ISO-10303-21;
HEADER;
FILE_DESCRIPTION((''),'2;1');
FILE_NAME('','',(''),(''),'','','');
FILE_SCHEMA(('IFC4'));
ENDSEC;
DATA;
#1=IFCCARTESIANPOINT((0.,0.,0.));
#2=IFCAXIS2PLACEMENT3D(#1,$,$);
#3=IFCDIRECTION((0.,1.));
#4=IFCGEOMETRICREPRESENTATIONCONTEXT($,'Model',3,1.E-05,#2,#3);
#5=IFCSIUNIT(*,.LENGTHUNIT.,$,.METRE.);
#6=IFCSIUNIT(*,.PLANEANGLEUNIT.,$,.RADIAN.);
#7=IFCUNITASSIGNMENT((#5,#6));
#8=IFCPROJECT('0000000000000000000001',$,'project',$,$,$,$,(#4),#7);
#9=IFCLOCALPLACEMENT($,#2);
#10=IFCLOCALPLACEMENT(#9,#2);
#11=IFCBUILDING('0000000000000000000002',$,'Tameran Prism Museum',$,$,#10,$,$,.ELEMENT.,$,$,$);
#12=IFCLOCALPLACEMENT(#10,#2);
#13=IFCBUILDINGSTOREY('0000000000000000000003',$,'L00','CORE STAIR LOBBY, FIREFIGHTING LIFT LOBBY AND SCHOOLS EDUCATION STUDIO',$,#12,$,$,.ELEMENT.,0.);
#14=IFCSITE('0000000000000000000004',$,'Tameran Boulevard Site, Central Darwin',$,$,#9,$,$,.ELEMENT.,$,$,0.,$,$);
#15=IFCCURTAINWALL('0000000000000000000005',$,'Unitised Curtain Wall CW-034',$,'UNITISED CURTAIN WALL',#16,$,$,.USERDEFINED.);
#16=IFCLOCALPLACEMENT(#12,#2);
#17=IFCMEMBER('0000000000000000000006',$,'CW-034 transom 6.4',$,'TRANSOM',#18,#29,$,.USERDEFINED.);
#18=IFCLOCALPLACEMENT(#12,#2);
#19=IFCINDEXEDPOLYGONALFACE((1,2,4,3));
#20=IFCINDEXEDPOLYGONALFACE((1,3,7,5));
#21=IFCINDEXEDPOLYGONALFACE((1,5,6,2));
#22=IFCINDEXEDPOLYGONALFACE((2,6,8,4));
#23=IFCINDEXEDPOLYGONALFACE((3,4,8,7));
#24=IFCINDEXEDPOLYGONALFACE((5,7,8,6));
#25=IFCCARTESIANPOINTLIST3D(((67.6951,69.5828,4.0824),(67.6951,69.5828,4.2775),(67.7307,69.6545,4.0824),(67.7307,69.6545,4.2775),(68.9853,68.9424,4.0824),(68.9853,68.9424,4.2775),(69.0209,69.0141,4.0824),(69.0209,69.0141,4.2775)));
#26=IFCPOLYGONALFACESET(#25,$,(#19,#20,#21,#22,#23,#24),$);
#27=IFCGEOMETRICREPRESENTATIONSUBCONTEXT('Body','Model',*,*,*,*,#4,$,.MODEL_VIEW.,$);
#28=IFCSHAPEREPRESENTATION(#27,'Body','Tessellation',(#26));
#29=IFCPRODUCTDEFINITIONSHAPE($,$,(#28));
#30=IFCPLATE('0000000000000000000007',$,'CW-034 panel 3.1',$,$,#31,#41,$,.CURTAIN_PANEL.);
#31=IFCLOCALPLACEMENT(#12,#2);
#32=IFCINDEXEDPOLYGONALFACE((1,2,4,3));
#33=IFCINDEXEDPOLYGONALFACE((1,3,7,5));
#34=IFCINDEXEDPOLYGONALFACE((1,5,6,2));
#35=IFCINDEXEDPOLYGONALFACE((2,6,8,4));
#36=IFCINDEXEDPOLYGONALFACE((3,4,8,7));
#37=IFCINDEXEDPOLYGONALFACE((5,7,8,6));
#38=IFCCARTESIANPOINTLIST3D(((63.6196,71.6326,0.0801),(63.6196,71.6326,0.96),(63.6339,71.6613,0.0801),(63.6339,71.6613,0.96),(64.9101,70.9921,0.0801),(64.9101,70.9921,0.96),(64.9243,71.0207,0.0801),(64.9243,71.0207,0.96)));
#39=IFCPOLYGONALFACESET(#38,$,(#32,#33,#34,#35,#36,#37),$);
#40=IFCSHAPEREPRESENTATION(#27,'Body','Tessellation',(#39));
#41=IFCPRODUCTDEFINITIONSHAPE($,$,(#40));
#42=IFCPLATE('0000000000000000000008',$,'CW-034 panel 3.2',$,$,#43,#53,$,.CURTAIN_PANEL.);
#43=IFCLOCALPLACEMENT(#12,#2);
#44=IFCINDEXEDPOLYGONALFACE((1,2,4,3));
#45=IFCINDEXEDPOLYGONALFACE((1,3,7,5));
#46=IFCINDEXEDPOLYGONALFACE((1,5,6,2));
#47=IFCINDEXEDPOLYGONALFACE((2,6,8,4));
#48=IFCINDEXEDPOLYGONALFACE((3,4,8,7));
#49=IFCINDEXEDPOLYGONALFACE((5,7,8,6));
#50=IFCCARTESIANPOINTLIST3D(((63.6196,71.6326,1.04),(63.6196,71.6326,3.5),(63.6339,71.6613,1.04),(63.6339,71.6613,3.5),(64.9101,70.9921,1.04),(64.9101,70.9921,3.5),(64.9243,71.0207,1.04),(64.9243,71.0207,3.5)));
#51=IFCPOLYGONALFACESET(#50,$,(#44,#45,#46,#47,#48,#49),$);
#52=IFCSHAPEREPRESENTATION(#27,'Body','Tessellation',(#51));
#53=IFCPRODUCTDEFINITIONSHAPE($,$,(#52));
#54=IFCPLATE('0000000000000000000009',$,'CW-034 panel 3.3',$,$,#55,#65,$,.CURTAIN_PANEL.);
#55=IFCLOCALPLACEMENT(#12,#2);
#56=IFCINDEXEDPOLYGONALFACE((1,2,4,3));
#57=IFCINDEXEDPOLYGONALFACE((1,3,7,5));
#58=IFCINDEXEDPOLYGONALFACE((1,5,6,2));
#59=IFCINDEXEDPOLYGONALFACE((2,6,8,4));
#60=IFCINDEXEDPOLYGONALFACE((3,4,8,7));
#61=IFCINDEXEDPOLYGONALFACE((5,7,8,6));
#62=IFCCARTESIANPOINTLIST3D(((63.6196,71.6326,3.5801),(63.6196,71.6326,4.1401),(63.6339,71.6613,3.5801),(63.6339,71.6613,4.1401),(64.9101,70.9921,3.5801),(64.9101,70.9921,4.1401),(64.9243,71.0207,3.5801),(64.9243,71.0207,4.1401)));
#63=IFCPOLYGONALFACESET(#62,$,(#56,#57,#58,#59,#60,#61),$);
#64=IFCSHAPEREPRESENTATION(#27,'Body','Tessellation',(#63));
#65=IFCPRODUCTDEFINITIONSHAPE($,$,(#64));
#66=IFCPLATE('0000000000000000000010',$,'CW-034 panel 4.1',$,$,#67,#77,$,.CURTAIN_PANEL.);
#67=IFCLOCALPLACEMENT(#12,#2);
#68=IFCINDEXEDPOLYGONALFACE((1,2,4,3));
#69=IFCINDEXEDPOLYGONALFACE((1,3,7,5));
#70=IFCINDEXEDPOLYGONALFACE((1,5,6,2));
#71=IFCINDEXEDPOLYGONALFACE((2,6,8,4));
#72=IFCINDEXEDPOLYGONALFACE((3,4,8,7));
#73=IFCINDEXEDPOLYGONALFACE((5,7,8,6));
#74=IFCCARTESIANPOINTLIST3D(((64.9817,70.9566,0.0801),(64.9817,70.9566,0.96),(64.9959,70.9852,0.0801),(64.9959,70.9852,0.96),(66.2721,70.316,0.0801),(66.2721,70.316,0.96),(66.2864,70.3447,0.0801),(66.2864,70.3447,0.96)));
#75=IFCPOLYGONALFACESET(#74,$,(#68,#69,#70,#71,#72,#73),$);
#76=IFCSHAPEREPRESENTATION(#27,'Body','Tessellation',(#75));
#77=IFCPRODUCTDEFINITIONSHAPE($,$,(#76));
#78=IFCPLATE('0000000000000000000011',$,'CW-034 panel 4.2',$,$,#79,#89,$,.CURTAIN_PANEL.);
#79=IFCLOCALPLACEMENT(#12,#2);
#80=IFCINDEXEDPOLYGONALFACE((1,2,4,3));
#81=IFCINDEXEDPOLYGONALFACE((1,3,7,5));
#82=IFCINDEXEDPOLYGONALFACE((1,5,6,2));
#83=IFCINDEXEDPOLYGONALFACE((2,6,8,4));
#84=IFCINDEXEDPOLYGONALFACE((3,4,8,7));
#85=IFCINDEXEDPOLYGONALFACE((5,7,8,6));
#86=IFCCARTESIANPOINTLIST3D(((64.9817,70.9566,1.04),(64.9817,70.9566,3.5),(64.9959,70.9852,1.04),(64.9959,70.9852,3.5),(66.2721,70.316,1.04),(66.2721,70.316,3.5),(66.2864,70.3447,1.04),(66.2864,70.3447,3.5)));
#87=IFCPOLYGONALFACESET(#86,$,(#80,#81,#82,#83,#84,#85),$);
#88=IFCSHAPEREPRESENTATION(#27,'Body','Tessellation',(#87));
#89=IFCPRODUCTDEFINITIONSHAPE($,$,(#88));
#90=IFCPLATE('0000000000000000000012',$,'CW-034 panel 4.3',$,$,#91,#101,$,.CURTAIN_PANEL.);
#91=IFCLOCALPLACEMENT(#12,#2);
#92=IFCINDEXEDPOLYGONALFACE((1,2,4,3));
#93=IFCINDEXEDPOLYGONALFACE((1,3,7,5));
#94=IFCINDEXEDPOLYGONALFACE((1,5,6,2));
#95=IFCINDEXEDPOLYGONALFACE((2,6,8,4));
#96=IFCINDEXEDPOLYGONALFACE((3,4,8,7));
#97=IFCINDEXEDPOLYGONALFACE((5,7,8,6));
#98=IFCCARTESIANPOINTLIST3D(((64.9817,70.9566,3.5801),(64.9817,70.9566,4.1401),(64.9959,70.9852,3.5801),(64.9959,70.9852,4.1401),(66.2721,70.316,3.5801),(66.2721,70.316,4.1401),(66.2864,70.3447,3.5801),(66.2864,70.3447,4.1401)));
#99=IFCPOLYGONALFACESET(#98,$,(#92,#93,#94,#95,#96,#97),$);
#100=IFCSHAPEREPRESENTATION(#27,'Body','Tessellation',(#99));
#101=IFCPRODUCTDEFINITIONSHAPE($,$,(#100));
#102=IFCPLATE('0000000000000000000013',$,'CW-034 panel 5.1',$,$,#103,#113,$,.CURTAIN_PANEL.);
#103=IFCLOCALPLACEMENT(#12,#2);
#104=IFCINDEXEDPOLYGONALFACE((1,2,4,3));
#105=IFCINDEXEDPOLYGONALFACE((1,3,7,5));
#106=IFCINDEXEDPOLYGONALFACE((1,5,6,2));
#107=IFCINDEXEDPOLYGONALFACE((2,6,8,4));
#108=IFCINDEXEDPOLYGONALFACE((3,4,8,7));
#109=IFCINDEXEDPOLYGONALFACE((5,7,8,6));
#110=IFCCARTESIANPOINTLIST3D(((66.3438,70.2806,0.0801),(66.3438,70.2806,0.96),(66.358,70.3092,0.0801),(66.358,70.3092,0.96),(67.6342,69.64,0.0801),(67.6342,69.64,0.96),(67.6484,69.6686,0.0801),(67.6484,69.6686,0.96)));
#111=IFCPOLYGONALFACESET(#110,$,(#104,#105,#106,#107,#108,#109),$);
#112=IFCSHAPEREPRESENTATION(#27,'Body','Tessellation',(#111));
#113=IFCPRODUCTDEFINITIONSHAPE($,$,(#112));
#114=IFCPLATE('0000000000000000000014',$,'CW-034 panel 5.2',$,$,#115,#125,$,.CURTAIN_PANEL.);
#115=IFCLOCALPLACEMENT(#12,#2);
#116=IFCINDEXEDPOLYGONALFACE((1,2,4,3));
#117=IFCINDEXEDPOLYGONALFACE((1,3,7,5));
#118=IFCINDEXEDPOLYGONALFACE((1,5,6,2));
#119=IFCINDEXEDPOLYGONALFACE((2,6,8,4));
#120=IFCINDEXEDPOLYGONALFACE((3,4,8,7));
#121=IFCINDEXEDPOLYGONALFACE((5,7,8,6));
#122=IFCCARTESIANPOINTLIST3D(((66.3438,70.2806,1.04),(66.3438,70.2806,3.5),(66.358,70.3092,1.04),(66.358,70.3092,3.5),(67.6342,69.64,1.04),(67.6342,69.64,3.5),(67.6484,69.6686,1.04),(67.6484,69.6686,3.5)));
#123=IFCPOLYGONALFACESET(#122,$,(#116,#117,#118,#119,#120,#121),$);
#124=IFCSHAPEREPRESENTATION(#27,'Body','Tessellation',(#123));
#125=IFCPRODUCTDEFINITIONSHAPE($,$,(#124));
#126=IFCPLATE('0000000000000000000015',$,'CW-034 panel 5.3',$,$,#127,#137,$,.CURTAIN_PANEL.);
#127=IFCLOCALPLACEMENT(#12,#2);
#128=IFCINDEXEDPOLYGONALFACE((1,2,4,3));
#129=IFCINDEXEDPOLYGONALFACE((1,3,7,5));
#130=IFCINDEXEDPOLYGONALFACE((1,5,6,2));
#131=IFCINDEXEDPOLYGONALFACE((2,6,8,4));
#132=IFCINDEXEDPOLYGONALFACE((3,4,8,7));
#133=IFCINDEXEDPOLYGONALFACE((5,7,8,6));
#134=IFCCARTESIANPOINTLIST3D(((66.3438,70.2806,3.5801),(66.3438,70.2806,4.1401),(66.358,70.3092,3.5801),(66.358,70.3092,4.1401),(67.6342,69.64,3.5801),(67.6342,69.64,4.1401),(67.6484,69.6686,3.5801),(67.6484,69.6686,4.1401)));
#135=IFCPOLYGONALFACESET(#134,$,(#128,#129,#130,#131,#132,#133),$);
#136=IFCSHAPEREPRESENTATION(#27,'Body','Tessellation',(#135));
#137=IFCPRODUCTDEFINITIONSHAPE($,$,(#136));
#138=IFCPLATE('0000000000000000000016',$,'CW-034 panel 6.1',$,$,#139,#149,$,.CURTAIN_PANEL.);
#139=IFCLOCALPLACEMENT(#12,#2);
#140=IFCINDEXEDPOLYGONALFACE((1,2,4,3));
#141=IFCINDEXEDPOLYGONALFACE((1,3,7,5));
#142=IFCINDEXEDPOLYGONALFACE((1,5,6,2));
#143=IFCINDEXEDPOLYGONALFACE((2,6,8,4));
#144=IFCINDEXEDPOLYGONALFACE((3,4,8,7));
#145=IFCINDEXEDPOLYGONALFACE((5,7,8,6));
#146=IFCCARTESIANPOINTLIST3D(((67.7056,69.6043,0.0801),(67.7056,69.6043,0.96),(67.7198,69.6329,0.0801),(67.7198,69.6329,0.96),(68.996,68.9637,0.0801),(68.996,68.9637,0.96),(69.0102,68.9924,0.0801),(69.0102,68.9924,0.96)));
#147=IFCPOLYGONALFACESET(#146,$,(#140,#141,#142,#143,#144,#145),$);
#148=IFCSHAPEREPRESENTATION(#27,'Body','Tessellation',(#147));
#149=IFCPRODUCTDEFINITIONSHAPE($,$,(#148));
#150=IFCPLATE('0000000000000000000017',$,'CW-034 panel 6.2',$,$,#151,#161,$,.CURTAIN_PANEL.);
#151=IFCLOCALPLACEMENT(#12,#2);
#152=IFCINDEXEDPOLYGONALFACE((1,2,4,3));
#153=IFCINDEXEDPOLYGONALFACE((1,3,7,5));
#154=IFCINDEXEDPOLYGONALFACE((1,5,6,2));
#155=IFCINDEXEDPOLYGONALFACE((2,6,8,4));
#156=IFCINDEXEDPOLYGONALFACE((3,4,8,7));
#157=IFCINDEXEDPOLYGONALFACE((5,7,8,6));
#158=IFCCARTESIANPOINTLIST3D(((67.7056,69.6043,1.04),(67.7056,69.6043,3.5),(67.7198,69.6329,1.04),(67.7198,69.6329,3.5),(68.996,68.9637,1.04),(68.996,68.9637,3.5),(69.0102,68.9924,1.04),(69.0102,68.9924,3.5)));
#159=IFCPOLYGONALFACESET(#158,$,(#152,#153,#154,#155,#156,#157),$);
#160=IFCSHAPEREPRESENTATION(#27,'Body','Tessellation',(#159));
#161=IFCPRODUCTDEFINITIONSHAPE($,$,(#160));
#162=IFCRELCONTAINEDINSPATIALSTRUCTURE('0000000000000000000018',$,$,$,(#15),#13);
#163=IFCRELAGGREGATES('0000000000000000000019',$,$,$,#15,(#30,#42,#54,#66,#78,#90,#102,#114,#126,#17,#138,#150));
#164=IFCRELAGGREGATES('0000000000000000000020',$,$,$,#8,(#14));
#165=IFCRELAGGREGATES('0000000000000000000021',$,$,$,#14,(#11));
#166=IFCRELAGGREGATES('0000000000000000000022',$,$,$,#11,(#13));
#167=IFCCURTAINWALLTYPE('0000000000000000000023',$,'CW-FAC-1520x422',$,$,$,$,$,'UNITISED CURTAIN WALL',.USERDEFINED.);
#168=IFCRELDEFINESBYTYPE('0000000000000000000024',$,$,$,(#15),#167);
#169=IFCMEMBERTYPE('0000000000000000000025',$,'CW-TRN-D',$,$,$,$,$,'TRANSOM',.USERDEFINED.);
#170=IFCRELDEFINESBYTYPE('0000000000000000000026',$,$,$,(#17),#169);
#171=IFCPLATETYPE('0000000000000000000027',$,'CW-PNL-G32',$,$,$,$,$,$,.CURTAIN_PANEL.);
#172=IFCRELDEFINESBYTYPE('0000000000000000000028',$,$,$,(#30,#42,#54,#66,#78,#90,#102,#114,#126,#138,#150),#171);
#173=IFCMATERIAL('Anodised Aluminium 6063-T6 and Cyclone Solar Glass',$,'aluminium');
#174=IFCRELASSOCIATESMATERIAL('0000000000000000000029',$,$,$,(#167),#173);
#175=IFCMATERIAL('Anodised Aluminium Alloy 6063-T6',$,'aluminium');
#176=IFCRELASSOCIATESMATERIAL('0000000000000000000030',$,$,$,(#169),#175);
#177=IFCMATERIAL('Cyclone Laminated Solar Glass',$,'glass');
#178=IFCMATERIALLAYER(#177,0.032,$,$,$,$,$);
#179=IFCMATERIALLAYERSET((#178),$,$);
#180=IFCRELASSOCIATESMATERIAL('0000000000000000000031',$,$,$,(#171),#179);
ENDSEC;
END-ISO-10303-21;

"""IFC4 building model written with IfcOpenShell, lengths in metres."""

from ifc_helpers import new_model, si_unit, direction, frame, origin, origin_2d, place, context, subcontext, project, spatial, rectangle, extrude, material, layer, layer_set, material_profile, profile_set, type_object, element, aggregate, save


model = new_model("IFC4")

# Units and contexts
model_context = context("Model", 3, precision=1e-05, world=origin(), true_north=direction((0.0, 1.0)))
body_context = subcontext(model_context, "Body", "Model", "MODEL_VIEW")
ifc_project = project(units=[si_unit("LENGTHUNIT", "METRE"), si_unit("PLANEANGLEUNIT", "RADIAN")], contexts=[model_context])

# Site, building, storey
site_placement = place(None, origin())
site = spatial("IfcSite", under=ifc_project, at=site_placement, Name="Tameran Boulevard Site, Central Darwin", CompositionType="ELEMENT", RefElevation=0.0)
building_placement = place(site_placement, origin())
building = spatial("IfcBuilding", under=site, at=building_placement, Name="Tameran Prism Museum", CompositionType="ELEMENT")
storey_placement = place(building_placement, origin())
storey = spatial("IfcBuildingStorey", under=building, at=storey_placement, Name="L00", Description="CORE STAIR LOBBY, FIREFIGHTING LIFT LOBBY AND SCHOOLS EDUCATION STUDIO", CompositionType="ELEMENT", Elevation=0.0)

# Curtain wall, member, plates
ifc_material_1 = material(Name="Anodised Aluminium 6063-T6 and Cyclone Solar Glass", Category="aluminium")
curtain_wall_type = type_object("IfcCurtainWallType", Name="CW-FAC-1520x422", ElementType="UNITISED CURTAIN WALL", PredefinedType="USERDEFINED", material=ifc_material_1)
curtain_wall_placement = place(storey_placement, origin())
curtain_wall = element("IfcCurtainWall", 1, at=curtain_wall_placement, inside=storey, type_object=curtain_wall_type, Name="Unitised Curtain Wall CW-034", ObjectType="UNITISED CURTAIN WALL", PredefinedType="USERDEFINED")
ifc_material_2 = material(Name="Anodised Aluminium Alloy 6063-T6", Category="aluminium")
ifc_material_profile_1 = material_profile(ifc_material_2, rectangle(XDim=0.0801, YDim=0.1951, at=origin_2d()))
ifc_profile_set_1 = profile_set([ifc_material_profile_1])
member_type_1 = type_object("IfcMemberType", Name="CW-TRN-D", ElementType="TRANSOM", PredefinedType="USERDEFINED", material=ifc_profile_set_1)
member_1_placement = place(storey_placement, frame((67.7129, 69.6187, 4.1799), z_axis=(0.895745, -0.444568, 0.0), x_axis=(0.444568, 0.895745, 0.0)))
member_1 = element("IfcMember", 2, at=member_1_placement, type_object=member_type_1, Name="CW-034 transom 6.4", ObjectType="TRANSOM", PredefinedType="USERDEFINED", context=body_context, shape_type="SweptSolid", body=[
    extrude(rectangle(XDim=0.0801, YDim=0.1951, at=origin_2d()), origin(), (0.0, 0.0, 1.0), 1.4404),
])
ifc_material_3 = material(Name="Cyclone Laminated Solar Glass", Category="glass")
ifc_layer = layer(ifc_material_3, 0.032)
ifc_layer_set = layer_set([ifc_layer])
plate_type = type_object("IfcPlateType", Name="CW-PNL-G32", PredefinedType="CURTAIN_PANEL", material=ifc_layer_set)
plate_1_placement = place(storey_placement, frame((64.272, 71.3267, 0.0801), z_axis=(0.0, 0.0, 1.0), x_axis=(0.895712, -0.444634, 0.0)))
plate_1 = element("IfcPlate", 3, at=plate_1_placement, type_object=plate_type, Name="CW-034 panel 3.1", PredefinedType="CURTAIN_PANEL", context=body_context, shape_type="SweptSolid", body=[
    extrude(rectangle(XDim=1.4407, YDim=0.032, at=origin_2d()), origin(), (0.0, 0.0, 1.0), 0.8799),
])
plate_2_placement = place(storey_placement, frame((64.272, 71.3267, 1.04), z_axis=(0.0, 0.0, 1.0), x_axis=(0.895712, -0.444634, 0.0)))
plate_2 = element("IfcPlate", 4, at=plate_2_placement, type_object=plate_type, Name="CW-034 panel 3.2", PredefinedType="CURTAIN_PANEL", context=body_context, shape_type="SweptSolid", body=[
    extrude(rectangle(XDim=1.4407, YDim=0.032, at=origin_2d()), origin(), (0.0, 0.0, 1.0), 2.46),
])
plate_3_placement = place(storey_placement, frame((64.272, 71.3267, 3.5801), z_axis=(0.0, 0.0, 1.0), x_axis=(0.895712, -0.444634, 0.0)))
plate_3 = element("IfcPlate", 5, at=plate_3_placement, type_object=plate_type, Name="CW-034 panel 3.3", PredefinedType="CURTAIN_PANEL", context=body_context, shape_type="SweptSolid", body=[
    extrude(rectangle(XDim=1.4407, YDim=0.032, at=origin_2d()), origin(), (0.0, 0.0, 1.0), 0.5601),
])
plate_4_placement = place(storey_placement, frame((65.634, 70.6506, 0.0801), z_axis=(0.0, 0.0, 1.0), x_axis=(0.895712, -0.444634, 0.0)))
plate_4 = element("IfcPlate", 6, at=plate_4_placement, type_object=plate_type, Name="CW-034 panel 4.1", PredefinedType="CURTAIN_PANEL", context=body_context, shape_type="SweptSolid", body=[
    extrude(rectangle(XDim=1.4407, YDim=0.032, at=origin_2d()), origin(), (0.0, 0.0, 1.0), 0.8799),
])
plate_5_placement = place(storey_placement, frame((65.634, 70.6506, 1.04), z_axis=(0.0, 0.0, 1.0), x_axis=(0.895712, -0.444634, 0.0)))
plate_5 = element("IfcPlate", 7, at=plate_5_placement, type_object=plate_type, Name="CW-034 panel 4.2", PredefinedType="CURTAIN_PANEL", context=body_context, shape_type="SweptSolid", body=[
    extrude(rectangle(XDim=1.4407, YDim=0.032, at=origin_2d()), origin(), (0.0, 0.0, 1.0), 2.46),
])
plate_6_placement = place(storey_placement, frame((65.634, 70.6506, 3.5801), z_axis=(0.0, 0.0, 1.0), x_axis=(0.895712, -0.444634, 0.0)))
plate_6 = element("IfcPlate", 8, at=plate_6_placement, type_object=plate_type, Name="CW-034 panel 4.3", PredefinedType="CURTAIN_PANEL", context=body_context, shape_type="SweptSolid", body=[
    extrude(rectangle(XDim=1.4407, YDim=0.032, at=origin_2d()), origin(), (0.0, 0.0, 1.0), 0.5601),
])
plate_7_placement = place(storey_placement, frame((66.9961, 69.9746, 0.0801), z_axis=(0.0, 0.0, 1.0), x_axis=(0.895712, -0.444634, 0.0)))
plate_7 = element("IfcPlate", 9, at=plate_7_placement, type_object=plate_type, Name="CW-034 panel 5.1", PredefinedType="CURTAIN_PANEL", context=body_context, shape_type="SweptSolid", body=[
    extrude(rectangle(XDim=1.4407, YDim=0.032, at=origin_2d()), origin(), (0.0, 0.0, 1.0), 0.8799),
])
plate_8_placement = place(storey_placement, frame((66.9961, 69.9746, 1.04), z_axis=(0.0, 0.0, 1.0), x_axis=(0.895712, -0.444634, 0.0)))
plate_8 = element("IfcPlate", 10, at=plate_8_placement, type_object=plate_type, Name="CW-034 panel 5.2", PredefinedType="CURTAIN_PANEL", context=body_context, shape_type="SweptSolid", body=[
    extrude(rectangle(XDim=1.4407, YDim=0.032, at=origin_2d()), origin(), (0.0, 0.0, 1.0), 2.46),
])
plate_9_placement = place(storey_placement, frame((66.9961, 69.9746, 3.5801), z_axis=(0.0, 0.0, 1.0), x_axis=(0.895712, -0.444634, 0.0)))
plate_9 = element("IfcPlate", 11, at=plate_9_placement, type_object=plate_type, Name="CW-034 panel 5.3", PredefinedType="CURTAIN_PANEL", context=body_context, shape_type="SweptSolid", body=[
    extrude(rectangle(XDim=1.4407, YDim=0.032, at=origin_2d()), origin(), (0.0, 0.0, 1.0), 0.5601),
])
plate_10_placement = place(storey_placement, frame((68.3579, 69.2983, 0.0801), z_axis=(0.0, 0.0, 1.0), x_axis=(0.895712, -0.444634, 0.0)))
plate_10 = element("IfcPlate", 12, at=plate_10_placement, type_object=plate_type, Name="CW-034 panel 6.1", PredefinedType="CURTAIN_PANEL", context=body_context, shape_type="SweptSolid", body=[
    extrude(rectangle(XDim=1.4407, YDim=0.032, at=origin_2d()), origin(), (0.0, 0.0, 1.0), 0.8799),
])
plate_11_placement = place(storey_placement, frame((68.3579, 69.2983, 1.04), z_axis=(0.0, 0.0, 1.0), x_axis=(0.895712, -0.444634, 0.0)))
plate_11 = element("IfcPlate", 13, at=plate_11_placement, type_object=plate_type, Name="CW-034 panel 6.2", PredefinedType="CURTAIN_PANEL", context=body_context, shape_type="SweptSolid", body=[
    extrude(rectangle(XDim=1.4407, YDim=0.032, at=origin_2d()), origin(), (0.0, 0.0, 1.0), 2.46),
])
aggregate(curtain_wall, [plate_1, plate_2, plate_3, plate_4, plate_5, plate_6, plate_7, plate_8, plate_9, member_1, plate_10, plate_11])

save(model, "model.ifc")
